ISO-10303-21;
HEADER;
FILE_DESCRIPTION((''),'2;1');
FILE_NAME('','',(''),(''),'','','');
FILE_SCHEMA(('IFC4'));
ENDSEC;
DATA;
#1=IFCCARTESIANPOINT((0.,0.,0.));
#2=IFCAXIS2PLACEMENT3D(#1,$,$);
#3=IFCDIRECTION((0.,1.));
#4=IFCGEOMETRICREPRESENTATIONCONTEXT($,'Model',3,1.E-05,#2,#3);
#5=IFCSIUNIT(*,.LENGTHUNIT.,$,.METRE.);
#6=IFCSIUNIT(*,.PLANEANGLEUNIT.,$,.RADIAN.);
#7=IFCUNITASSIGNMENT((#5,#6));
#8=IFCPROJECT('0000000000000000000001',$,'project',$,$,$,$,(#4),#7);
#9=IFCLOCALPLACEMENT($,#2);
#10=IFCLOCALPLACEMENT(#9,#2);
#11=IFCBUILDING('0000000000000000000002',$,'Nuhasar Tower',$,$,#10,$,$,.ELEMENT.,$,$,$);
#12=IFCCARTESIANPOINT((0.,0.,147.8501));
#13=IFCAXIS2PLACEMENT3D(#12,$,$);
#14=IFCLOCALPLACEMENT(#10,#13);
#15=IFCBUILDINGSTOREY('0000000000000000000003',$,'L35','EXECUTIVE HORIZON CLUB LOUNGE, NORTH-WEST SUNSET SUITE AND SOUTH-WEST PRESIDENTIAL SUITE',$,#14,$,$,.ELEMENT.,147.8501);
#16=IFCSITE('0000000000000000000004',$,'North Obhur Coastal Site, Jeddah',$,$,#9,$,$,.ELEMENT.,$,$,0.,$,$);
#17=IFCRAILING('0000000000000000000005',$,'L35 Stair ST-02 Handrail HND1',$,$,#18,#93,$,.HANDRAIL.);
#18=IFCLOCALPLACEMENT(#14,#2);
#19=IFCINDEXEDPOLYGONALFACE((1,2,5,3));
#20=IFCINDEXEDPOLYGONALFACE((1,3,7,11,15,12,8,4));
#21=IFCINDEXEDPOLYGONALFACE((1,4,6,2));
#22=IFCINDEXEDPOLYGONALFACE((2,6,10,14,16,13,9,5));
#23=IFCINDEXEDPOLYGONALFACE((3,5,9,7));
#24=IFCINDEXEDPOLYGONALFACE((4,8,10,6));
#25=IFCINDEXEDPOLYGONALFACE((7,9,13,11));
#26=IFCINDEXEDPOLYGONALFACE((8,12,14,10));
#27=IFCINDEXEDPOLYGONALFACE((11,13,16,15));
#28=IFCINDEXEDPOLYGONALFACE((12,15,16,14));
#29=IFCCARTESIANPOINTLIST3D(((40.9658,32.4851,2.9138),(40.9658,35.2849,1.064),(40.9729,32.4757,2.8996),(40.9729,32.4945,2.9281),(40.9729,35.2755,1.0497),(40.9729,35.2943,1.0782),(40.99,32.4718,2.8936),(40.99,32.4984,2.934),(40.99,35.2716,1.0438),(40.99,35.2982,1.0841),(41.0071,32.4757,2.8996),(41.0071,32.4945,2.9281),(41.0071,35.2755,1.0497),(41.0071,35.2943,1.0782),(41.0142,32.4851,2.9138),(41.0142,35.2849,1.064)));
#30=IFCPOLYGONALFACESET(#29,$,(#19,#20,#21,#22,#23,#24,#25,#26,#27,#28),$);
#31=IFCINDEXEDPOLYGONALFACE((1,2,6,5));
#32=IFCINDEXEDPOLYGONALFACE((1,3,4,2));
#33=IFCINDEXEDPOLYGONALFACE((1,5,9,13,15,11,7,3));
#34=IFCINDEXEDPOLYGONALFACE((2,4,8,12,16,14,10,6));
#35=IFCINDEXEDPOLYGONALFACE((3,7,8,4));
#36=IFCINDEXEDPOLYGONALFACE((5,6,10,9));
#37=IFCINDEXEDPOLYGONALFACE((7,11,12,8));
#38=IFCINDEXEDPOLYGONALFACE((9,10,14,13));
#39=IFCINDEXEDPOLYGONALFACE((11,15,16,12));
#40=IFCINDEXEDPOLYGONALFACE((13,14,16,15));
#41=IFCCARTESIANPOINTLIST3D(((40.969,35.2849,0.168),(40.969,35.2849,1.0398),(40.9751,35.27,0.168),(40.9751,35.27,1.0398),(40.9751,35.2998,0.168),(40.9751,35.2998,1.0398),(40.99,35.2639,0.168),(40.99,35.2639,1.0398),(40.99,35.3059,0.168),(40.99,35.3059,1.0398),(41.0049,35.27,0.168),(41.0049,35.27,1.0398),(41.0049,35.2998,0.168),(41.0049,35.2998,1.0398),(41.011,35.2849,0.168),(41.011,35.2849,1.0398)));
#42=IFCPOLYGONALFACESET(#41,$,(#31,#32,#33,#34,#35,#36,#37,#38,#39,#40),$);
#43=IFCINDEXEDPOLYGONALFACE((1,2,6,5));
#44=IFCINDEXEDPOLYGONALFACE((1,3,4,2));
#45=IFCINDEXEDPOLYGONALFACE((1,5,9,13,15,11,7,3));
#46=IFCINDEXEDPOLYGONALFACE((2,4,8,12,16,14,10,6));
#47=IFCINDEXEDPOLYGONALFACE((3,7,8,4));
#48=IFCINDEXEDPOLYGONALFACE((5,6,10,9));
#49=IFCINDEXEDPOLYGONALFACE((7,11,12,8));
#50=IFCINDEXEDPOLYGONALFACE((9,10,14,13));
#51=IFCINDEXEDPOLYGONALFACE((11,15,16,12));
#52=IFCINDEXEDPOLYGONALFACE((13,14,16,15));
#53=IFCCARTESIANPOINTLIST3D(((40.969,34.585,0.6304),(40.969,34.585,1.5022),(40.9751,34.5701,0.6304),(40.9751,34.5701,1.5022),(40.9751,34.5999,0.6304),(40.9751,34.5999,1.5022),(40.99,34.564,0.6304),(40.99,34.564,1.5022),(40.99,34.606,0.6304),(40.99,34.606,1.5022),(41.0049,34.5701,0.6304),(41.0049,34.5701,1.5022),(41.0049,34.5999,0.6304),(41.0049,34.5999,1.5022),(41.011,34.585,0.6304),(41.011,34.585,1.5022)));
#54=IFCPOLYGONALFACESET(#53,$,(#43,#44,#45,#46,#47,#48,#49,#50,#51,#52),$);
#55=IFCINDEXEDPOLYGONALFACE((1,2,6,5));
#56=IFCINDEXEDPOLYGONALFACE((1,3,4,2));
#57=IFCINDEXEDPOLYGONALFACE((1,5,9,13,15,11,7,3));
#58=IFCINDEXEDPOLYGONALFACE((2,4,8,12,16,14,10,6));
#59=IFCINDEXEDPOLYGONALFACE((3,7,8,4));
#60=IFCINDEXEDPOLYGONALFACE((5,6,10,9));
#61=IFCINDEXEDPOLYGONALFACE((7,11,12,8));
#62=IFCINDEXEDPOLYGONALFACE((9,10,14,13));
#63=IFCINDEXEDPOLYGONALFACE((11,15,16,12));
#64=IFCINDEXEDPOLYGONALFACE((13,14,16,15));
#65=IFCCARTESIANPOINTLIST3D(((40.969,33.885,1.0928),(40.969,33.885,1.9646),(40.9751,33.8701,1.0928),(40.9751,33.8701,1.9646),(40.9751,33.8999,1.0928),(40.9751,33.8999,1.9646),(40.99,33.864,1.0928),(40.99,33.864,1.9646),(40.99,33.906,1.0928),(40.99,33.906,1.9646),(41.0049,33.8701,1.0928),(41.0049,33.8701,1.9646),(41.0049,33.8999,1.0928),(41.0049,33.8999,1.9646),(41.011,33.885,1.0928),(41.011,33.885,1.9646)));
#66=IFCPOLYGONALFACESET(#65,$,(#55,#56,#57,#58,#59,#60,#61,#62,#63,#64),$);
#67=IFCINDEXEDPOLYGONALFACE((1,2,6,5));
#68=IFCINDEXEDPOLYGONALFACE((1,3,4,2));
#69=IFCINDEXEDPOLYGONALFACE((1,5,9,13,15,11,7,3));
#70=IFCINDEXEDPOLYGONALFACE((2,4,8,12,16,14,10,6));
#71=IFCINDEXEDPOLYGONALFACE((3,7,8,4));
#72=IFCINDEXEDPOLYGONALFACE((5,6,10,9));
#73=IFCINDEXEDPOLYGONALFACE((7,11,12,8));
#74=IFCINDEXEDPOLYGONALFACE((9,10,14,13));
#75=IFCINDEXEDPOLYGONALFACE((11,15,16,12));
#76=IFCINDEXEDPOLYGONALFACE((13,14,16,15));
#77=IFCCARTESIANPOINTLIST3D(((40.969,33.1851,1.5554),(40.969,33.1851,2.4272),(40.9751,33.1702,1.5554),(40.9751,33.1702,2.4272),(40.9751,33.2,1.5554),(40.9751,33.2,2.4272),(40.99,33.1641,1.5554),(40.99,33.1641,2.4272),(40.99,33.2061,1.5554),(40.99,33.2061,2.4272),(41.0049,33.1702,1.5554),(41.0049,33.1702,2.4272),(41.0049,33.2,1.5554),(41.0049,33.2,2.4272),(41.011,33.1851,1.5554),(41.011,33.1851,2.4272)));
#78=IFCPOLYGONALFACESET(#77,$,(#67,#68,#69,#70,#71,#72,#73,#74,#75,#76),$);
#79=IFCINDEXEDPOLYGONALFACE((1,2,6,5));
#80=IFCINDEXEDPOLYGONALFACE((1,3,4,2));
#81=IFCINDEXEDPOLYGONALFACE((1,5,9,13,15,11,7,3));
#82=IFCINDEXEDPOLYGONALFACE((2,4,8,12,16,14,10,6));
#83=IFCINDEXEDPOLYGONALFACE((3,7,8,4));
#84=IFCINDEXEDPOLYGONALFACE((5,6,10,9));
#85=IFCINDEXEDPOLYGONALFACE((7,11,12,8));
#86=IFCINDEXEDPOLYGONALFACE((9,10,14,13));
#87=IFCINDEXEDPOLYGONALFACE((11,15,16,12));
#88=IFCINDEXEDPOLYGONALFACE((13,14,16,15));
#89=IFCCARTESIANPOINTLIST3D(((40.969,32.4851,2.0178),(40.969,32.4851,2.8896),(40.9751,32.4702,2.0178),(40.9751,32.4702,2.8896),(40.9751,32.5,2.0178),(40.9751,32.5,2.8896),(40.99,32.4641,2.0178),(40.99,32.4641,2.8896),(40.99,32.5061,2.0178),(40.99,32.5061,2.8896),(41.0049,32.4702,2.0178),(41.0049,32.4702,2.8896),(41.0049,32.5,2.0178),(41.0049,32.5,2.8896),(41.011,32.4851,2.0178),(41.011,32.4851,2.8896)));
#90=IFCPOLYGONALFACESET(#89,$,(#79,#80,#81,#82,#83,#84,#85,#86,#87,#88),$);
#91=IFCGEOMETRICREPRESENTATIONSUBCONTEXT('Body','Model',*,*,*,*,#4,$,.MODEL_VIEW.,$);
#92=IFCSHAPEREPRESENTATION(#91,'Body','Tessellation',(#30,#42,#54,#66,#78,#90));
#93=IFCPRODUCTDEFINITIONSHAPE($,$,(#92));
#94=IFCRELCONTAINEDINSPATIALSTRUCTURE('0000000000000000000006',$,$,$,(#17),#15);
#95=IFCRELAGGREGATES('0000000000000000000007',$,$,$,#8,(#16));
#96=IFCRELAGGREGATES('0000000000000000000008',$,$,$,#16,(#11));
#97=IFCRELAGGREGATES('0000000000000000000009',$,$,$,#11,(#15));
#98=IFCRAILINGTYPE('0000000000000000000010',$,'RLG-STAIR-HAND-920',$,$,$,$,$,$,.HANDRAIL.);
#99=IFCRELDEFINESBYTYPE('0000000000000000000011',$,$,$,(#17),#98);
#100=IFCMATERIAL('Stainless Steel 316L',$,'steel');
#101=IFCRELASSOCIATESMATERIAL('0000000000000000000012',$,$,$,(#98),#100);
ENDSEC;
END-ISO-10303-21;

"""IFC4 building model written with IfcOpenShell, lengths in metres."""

from ifc_helpers import new_model, si_unit, direction, frame, origin, place, context, subcontext, project, spatial, polyline, outline, extrude, material, type_object, element, save


model = new_model("IFC4")

# Units and contexts
model_context = context("Model", 3, precision=1e-05, world=origin(), true_north=direction((0.0, 1.0)))
body_context = subcontext(model_context, "Body", "Model", "MODEL_VIEW")
ifc_project = project(units=[si_unit("LENGTHUNIT", "METRE"), si_unit("PLANEANGLEUNIT", "RADIAN")], contexts=[model_context])

# Site, building, storey
site_placement = place(None, origin())
site = spatial("IfcSite", under=ifc_project, at=site_placement, Name="North Obhur Coastal Site, Jeddah", CompositionType="ELEMENT", RefElevation=0.0)
building_placement = place(site_placement, origin())
building = spatial("IfcBuilding", under=site, at=building_placement, Name="Nuhasar Tower", CompositionType="ELEMENT")
storey_placement = place(building_placement, frame((0.0, 0.0, 147.8501)))
storey = spatial("IfcBuildingStorey", under=building, at=storey_placement, Name="L35", Description="EXECUTIVE HORIZON CLUB LOUNGE, NORTH-WEST SUNSET SUITE AND SOUTH-WEST PRESIDENTIAL SUITE", CompositionType="ELEMENT", Elevation=147.8501)

# Railing
ifc_material_1 = material(Name="Stainless Steel 316L", Category="steel")
railing_type_1 = type_object("IfcRailingType", Name="RLG-STAIR-HAND-920", PredefinedType="HANDRAIL", material=ifc_material_1)
railing_1_placement = place(storey_placement, frame((40.99, 35.2849, 0.168)))
element("IfcRailing", 1, at=railing_1_placement, inside=storey, type_object=railing_type_1, Name="L35 Stair ST-02 Handrail HND1", PredefinedType="HANDRAIL", context=body_context, shape_type="SweptSolid", body=[
    extrude(outline(polyline([(0.0242, 0.0), (0.0171, 0.0171), (0.0, 0.0242), (-0.0171, 0.0171), (-0.0242, 0.0), (-0.0171, -0.0171), (0.0, -0.0242), (0.0171, -0.0171), (0.0242, 0.0)])), frame((0.0, 0.0, 0.896), z_axis=(0.0, -0.834338, 0.551254), x_axis=(1.0, 0.0, 0.0)), (0.0, 0.0, 1.0), 3.3557),
    extrude(outline(polyline([(0.021, 0.0), (0.0149, 0.0149), (0.0, 0.021), (-0.0149, 0.0149), (-0.021, 0.0), (-0.0149, -0.0149), (0.0, -0.021), (0.0149, -0.0149), (0.021, 0.0)])), origin(), (0.0, 0.0, 1.0), 0.8718),
    extrude(outline(polyline([(0.021, 0.0), (0.0149, 0.0149), (0.0, 0.021), (-0.0149, 0.0149), (-0.021, 0.0), (-0.0149, -0.0149), (0.0, -0.021), (0.0149, -0.0149), (0.021, 0.0)])), frame((0.0, -0.7, 0.4624)), (0.0, 0.0, 1.0), 0.8718),
    extrude(outline(polyline([(0.021, 0.0), (0.0149, 0.0149), (0.0, 0.021), (-0.0149, 0.0149), (-0.021, 0.0), (-0.0149, -0.0149), (0.0, -0.021), (0.0149, -0.0149), (0.021, 0.0)])), frame((0.0, -1.3999, 0.9248)), (0.0, 0.0, 1.0), 0.8718),
    extrude(outline(polyline([(0.021, 0.0), (0.0149, 0.0149), (0.0, 0.021), (-0.0149, 0.0149), (-0.021, 0.0), (-0.0149, -0.0149), (0.0, -0.021), (0.0149, -0.0149), (0.021, 0.0)])), frame((0.0, -2.0999, 1.3875)), (0.0, 0.0, 1.0), 0.8718),
    extrude(outline(polyline([(0.021, 0.0), (0.0149, 0.0149), (0.0, 0.021), (-0.0149, 0.0149), (-0.021, 0.0), (-0.0149, -0.0149), (0.0, -0.021), (0.0149, -0.0149), (0.021, 0.0)])), frame((0.0, -2.7998, 1.8499)), (0.0, 0.0, 1.0), 0.8718),
])

save(model, "model.ifc")
